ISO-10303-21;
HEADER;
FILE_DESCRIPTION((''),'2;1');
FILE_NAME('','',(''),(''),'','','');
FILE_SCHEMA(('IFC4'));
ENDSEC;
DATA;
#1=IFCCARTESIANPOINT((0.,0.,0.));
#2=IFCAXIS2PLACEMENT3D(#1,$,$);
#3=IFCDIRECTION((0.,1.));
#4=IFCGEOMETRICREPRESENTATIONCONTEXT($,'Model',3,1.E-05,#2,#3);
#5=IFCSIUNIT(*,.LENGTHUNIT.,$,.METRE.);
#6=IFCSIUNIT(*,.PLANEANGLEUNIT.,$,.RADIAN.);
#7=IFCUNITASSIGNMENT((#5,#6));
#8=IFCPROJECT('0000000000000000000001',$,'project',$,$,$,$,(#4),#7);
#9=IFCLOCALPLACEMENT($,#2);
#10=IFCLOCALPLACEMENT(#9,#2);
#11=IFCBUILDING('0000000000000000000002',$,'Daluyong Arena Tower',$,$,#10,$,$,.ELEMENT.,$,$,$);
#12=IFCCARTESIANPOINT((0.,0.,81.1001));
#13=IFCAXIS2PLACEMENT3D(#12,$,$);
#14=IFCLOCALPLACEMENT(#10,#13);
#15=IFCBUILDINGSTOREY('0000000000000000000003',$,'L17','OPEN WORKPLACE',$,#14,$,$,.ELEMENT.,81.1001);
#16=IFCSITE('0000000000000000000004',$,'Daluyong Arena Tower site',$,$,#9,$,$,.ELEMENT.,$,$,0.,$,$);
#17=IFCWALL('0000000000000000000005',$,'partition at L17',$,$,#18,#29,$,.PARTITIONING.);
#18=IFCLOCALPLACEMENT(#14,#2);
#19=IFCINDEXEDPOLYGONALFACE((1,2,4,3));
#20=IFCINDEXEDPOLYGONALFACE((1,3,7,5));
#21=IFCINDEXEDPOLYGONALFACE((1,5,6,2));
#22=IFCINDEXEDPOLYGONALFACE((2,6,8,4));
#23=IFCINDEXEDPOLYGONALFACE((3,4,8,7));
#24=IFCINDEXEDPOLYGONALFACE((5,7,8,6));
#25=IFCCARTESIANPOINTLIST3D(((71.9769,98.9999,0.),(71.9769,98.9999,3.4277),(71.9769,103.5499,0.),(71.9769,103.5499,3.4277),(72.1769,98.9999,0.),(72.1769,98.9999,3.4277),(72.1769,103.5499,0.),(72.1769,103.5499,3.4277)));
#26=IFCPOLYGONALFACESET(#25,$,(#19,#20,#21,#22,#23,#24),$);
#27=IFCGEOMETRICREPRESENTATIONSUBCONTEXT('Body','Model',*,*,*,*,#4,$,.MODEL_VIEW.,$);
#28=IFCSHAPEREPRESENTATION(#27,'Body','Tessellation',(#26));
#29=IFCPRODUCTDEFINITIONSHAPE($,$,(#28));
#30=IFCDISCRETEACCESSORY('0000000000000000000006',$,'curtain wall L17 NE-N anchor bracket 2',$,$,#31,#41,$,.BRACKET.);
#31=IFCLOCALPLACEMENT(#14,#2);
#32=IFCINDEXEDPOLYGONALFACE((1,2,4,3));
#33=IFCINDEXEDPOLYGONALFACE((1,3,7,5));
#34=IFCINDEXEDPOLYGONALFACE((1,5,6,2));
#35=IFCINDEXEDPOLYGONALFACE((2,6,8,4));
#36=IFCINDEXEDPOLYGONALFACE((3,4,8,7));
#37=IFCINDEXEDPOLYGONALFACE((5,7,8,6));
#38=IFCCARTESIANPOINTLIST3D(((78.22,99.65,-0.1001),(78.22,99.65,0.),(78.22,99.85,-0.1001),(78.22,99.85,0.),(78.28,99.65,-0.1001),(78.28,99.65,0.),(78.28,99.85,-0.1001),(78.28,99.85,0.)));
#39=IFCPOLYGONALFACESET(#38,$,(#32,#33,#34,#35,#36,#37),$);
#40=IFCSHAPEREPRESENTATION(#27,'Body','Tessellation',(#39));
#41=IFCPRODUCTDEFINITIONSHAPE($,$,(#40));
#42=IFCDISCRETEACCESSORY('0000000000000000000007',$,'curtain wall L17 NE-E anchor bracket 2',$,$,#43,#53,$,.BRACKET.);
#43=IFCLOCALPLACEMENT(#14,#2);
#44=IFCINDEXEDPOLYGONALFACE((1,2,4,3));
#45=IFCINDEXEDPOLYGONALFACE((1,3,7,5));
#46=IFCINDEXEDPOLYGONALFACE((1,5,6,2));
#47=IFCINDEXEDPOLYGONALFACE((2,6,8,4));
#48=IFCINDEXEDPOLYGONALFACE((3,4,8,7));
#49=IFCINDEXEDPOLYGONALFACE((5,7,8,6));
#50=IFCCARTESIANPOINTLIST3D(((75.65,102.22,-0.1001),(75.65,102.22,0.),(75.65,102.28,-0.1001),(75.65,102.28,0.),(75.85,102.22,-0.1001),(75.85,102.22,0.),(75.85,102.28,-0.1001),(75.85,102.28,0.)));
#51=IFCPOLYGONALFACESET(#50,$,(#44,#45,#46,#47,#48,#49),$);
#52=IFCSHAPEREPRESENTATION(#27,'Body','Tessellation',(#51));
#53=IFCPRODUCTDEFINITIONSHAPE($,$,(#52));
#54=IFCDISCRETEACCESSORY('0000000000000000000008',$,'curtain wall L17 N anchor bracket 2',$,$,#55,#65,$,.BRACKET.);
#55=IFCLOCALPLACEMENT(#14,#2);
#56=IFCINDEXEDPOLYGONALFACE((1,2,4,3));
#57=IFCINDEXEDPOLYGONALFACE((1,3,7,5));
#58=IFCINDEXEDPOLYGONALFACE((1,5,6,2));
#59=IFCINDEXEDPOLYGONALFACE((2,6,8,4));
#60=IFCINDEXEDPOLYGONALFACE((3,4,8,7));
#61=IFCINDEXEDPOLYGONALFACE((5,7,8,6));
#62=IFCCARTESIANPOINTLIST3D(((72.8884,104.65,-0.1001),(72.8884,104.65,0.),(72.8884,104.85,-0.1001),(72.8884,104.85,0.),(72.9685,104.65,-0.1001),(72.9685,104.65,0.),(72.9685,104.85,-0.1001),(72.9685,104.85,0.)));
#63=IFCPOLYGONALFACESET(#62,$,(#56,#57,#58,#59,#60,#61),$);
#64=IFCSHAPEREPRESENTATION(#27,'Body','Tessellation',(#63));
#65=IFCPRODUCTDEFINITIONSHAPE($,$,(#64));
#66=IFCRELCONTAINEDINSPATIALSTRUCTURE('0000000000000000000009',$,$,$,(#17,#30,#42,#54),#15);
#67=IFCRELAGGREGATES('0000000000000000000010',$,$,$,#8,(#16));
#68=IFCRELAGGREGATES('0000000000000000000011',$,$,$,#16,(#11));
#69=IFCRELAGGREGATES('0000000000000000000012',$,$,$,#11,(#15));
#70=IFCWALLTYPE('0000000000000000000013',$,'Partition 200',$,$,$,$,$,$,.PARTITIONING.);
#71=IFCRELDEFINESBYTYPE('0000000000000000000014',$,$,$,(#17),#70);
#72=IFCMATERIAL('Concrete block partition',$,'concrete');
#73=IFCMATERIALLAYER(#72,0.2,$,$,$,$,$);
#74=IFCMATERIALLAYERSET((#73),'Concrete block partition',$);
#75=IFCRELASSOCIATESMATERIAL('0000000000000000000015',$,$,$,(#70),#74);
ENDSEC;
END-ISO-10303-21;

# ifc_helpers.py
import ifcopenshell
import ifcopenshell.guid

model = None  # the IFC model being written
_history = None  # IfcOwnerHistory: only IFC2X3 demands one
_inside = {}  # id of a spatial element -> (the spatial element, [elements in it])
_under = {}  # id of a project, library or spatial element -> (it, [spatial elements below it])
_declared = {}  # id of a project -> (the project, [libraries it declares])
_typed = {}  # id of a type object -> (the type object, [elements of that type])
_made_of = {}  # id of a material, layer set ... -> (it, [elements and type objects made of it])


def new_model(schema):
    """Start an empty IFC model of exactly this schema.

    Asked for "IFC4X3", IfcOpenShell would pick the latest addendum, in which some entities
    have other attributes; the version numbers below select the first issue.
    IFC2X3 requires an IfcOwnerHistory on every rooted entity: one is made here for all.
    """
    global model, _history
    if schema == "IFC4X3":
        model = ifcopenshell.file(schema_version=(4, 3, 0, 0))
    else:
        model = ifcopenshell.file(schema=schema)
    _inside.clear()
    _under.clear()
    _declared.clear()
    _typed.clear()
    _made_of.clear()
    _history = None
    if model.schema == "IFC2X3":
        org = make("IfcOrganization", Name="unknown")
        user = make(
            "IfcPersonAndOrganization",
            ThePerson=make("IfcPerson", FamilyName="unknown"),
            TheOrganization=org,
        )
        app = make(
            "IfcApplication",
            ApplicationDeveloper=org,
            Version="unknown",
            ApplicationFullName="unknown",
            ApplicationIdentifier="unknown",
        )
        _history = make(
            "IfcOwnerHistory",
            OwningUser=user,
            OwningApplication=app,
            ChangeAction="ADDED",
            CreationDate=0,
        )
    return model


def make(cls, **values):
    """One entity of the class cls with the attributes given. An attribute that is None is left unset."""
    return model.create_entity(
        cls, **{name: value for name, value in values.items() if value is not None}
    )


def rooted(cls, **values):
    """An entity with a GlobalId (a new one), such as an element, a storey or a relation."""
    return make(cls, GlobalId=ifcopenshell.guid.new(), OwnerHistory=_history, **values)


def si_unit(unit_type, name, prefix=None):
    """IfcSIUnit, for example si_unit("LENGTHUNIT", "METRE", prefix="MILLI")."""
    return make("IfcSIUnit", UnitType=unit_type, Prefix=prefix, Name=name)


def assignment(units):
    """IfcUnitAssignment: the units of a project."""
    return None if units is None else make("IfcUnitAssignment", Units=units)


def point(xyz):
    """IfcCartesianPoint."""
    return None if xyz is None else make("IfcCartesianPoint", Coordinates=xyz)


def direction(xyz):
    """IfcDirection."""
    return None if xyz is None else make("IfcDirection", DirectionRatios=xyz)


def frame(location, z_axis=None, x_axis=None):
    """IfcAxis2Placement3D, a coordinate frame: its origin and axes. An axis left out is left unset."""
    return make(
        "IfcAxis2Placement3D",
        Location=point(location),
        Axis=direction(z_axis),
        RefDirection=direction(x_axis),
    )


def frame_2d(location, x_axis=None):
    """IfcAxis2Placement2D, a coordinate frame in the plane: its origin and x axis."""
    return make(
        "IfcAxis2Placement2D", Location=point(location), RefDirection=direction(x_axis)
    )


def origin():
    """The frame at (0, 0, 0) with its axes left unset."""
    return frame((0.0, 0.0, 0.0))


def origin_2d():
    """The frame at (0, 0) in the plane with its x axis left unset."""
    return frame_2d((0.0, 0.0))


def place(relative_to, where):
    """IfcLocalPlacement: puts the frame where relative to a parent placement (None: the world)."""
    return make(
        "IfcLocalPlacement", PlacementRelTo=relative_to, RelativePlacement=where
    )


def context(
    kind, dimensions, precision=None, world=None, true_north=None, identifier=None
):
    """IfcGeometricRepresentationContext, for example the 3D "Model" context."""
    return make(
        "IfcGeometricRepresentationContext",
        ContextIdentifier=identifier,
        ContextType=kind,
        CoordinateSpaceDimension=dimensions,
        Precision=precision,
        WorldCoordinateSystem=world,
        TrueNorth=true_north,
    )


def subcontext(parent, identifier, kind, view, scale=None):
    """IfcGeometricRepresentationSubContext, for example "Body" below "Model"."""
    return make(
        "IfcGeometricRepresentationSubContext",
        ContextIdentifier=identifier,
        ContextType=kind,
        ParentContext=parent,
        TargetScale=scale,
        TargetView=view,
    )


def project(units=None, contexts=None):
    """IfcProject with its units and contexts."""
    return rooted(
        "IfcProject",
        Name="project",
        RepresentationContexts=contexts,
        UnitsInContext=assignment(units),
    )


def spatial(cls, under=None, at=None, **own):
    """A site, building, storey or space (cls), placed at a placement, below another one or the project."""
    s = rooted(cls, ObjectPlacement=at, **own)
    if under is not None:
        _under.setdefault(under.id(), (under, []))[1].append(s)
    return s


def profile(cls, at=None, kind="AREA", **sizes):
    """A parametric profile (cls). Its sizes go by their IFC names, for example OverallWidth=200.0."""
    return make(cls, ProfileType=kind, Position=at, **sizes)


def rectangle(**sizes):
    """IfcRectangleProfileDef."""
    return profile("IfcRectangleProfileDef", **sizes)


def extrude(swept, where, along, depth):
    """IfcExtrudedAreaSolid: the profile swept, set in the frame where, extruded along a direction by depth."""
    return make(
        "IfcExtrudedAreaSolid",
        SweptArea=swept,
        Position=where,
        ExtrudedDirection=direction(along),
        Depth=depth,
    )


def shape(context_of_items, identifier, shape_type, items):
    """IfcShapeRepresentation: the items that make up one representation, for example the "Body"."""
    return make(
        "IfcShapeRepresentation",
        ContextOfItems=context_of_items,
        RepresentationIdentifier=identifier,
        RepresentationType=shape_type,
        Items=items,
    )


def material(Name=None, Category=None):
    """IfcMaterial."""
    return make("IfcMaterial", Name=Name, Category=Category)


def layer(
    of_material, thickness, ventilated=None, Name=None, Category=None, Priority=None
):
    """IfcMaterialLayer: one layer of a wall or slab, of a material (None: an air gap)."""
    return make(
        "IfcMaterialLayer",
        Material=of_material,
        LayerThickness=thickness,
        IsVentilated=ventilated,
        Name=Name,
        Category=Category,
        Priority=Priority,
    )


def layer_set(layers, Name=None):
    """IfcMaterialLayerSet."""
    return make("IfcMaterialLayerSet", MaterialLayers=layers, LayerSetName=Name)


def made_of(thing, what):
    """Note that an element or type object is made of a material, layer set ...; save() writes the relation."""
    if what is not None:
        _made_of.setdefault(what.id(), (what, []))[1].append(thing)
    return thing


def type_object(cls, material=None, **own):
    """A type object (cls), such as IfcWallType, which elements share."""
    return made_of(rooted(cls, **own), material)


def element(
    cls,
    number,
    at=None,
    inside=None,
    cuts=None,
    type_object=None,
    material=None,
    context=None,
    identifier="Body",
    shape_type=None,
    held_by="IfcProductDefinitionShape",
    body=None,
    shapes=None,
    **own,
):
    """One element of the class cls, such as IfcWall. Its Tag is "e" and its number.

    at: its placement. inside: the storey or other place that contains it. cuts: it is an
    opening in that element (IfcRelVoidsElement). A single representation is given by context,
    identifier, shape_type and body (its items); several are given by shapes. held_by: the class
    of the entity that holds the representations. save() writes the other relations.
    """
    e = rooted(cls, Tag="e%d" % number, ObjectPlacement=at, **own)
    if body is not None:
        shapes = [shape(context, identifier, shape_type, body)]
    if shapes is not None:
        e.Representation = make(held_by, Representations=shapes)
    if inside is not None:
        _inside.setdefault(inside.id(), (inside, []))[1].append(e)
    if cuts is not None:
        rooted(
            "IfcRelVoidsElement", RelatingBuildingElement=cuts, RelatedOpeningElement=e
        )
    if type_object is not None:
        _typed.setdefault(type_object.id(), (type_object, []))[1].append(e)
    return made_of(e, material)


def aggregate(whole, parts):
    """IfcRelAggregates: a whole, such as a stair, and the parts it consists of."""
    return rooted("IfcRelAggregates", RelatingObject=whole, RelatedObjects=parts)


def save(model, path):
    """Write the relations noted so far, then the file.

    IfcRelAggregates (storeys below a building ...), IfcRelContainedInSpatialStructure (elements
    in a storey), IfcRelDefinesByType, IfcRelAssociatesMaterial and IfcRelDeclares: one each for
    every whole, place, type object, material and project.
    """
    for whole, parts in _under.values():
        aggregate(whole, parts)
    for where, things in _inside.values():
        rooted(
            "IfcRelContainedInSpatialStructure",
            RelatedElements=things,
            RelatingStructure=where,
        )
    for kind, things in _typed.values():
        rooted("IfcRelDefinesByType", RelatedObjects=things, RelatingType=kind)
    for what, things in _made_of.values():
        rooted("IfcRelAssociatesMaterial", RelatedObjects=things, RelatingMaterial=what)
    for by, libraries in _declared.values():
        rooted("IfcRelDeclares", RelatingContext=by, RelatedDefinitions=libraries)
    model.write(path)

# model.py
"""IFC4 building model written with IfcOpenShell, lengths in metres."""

from ifc_helpers import new_model, si_unit, direction, frame, frame_2d, origin, origin_2d, place, context, subcontext, project, spatial, rectangle, extrude, material, layer, layer_set, type_object, element, save


model = new_model("IFC4")

# Units and contexts
model_context = context("Model", 3, precision=1e-05, world=origin(), true_north=direction((0.0, 1.0)))
body_context = subcontext(model_context, "Body", "Model", "MODEL_VIEW")
ifc_project = project(units=[si_unit("LENGTHUNIT", "METRE"), si_unit("PLANEANGLEUNIT", "RADIAN")], contexts=[model_context])

# Site, building, storey
site_placement = place(None, origin())
site = spatial("IfcSite", under=ifc_project, at=site_placement, Name="Daluyong Arena Tower site", CompositionType="ELEMENT", RefElevation=0.0)
building_placement = place(site_placement, origin())
building = spatial("IfcBuilding", under=site, at=building_placement, Name="Daluyong Arena Tower", CompositionType="ELEMENT")
storey_placement = place(building_placement, frame((0.0, 0.0, 81.1001)))
storey = spatial("IfcBuildingStorey", under=building, at=storey_placement, Name="L17", Description="OPEN WORKPLACE", CompositionType="ELEMENT", Elevation=81.1001)

# Wall
ifc_material_1 = material(Name="Concrete block partition", Category="concrete")
ifc_layer_1 = layer(ifc_material_1, 0.2)
ifc_layer_set_1 = layer_set([ifc_layer_1], Name="Concrete block partition")
wall_type = type_object("IfcWallType", Name="Partition 200", PredefinedType="PARTITIONING", material=ifc_layer_set_1)
wall_placement = place(storey_placement, frame((72.0769, 99.0, 0.0), z_axis=(0.0, 0.0, 1.0), x_axis=(0.0, 1.0, 0.0)))
element("IfcWall", 1, at=wall_placement, inside=storey, type_object=wall_type, Name="partition at L17", PredefinedType="PARTITIONING", context=body_context, shape_type="SweptSolid", body=[
    extrude(rectangle(XDim=4.55, YDim=0.2, at=frame_2d((2.2749, 0.0))), origin(), (0.0, 0.0, 1.0), 3.4277),
])

# Discrete accessories
for number, where, z_axis, x_axis, name in (
    (2, (78.25, 99.75, -0.1001), (0.0, 0.0, 1.0), (-1.0, 0.0, 0.0), "curtain wall L17 NE-N anchor bracket 2"),
    (3, (75.75, 102.25, -0.1001), (0.0, 0.0, 1.0), (0.0, 1.0, 0.0), "curtain wall L17 NE-E anchor bracket 2"),
):
    element("IfcDiscreteAccessory", number, at=place(storey_placement, frame(where, z_axis=z_axis, x_axis=x_axis)), inside=storey, Name=name, PredefinedType="BRACKET", context=body_context, shape_type="SweptSolid", body=[
        extrude(rectangle(XDim=0.0601, YDim=0.2, at=origin_2d()), origin(), (0.0, 0.0, 1.0), 0.1001),
    ])
discrete_accessory_placement = place(storey_placement, frame((72.9285, 104.75, -0.1001), z_axis=(0.0, 0.0, 1.0), x_axis=(-1.0, 0.0, 0.0)))
element("IfcDiscreteAccessory", 4, at=discrete_accessory_placement, inside=storey, Name="curtain wall L17 N anchor bracket 2", PredefinedType="BRACKET", context=body_context, shape_type="SweptSolid", body=[
    extrude(rectangle(XDim=0.0801, YDim=0.2, at=origin_2d()), origin(), (0.0, 0.0, 1.0), 0.1001),
])

save(model, "model.ifc")
